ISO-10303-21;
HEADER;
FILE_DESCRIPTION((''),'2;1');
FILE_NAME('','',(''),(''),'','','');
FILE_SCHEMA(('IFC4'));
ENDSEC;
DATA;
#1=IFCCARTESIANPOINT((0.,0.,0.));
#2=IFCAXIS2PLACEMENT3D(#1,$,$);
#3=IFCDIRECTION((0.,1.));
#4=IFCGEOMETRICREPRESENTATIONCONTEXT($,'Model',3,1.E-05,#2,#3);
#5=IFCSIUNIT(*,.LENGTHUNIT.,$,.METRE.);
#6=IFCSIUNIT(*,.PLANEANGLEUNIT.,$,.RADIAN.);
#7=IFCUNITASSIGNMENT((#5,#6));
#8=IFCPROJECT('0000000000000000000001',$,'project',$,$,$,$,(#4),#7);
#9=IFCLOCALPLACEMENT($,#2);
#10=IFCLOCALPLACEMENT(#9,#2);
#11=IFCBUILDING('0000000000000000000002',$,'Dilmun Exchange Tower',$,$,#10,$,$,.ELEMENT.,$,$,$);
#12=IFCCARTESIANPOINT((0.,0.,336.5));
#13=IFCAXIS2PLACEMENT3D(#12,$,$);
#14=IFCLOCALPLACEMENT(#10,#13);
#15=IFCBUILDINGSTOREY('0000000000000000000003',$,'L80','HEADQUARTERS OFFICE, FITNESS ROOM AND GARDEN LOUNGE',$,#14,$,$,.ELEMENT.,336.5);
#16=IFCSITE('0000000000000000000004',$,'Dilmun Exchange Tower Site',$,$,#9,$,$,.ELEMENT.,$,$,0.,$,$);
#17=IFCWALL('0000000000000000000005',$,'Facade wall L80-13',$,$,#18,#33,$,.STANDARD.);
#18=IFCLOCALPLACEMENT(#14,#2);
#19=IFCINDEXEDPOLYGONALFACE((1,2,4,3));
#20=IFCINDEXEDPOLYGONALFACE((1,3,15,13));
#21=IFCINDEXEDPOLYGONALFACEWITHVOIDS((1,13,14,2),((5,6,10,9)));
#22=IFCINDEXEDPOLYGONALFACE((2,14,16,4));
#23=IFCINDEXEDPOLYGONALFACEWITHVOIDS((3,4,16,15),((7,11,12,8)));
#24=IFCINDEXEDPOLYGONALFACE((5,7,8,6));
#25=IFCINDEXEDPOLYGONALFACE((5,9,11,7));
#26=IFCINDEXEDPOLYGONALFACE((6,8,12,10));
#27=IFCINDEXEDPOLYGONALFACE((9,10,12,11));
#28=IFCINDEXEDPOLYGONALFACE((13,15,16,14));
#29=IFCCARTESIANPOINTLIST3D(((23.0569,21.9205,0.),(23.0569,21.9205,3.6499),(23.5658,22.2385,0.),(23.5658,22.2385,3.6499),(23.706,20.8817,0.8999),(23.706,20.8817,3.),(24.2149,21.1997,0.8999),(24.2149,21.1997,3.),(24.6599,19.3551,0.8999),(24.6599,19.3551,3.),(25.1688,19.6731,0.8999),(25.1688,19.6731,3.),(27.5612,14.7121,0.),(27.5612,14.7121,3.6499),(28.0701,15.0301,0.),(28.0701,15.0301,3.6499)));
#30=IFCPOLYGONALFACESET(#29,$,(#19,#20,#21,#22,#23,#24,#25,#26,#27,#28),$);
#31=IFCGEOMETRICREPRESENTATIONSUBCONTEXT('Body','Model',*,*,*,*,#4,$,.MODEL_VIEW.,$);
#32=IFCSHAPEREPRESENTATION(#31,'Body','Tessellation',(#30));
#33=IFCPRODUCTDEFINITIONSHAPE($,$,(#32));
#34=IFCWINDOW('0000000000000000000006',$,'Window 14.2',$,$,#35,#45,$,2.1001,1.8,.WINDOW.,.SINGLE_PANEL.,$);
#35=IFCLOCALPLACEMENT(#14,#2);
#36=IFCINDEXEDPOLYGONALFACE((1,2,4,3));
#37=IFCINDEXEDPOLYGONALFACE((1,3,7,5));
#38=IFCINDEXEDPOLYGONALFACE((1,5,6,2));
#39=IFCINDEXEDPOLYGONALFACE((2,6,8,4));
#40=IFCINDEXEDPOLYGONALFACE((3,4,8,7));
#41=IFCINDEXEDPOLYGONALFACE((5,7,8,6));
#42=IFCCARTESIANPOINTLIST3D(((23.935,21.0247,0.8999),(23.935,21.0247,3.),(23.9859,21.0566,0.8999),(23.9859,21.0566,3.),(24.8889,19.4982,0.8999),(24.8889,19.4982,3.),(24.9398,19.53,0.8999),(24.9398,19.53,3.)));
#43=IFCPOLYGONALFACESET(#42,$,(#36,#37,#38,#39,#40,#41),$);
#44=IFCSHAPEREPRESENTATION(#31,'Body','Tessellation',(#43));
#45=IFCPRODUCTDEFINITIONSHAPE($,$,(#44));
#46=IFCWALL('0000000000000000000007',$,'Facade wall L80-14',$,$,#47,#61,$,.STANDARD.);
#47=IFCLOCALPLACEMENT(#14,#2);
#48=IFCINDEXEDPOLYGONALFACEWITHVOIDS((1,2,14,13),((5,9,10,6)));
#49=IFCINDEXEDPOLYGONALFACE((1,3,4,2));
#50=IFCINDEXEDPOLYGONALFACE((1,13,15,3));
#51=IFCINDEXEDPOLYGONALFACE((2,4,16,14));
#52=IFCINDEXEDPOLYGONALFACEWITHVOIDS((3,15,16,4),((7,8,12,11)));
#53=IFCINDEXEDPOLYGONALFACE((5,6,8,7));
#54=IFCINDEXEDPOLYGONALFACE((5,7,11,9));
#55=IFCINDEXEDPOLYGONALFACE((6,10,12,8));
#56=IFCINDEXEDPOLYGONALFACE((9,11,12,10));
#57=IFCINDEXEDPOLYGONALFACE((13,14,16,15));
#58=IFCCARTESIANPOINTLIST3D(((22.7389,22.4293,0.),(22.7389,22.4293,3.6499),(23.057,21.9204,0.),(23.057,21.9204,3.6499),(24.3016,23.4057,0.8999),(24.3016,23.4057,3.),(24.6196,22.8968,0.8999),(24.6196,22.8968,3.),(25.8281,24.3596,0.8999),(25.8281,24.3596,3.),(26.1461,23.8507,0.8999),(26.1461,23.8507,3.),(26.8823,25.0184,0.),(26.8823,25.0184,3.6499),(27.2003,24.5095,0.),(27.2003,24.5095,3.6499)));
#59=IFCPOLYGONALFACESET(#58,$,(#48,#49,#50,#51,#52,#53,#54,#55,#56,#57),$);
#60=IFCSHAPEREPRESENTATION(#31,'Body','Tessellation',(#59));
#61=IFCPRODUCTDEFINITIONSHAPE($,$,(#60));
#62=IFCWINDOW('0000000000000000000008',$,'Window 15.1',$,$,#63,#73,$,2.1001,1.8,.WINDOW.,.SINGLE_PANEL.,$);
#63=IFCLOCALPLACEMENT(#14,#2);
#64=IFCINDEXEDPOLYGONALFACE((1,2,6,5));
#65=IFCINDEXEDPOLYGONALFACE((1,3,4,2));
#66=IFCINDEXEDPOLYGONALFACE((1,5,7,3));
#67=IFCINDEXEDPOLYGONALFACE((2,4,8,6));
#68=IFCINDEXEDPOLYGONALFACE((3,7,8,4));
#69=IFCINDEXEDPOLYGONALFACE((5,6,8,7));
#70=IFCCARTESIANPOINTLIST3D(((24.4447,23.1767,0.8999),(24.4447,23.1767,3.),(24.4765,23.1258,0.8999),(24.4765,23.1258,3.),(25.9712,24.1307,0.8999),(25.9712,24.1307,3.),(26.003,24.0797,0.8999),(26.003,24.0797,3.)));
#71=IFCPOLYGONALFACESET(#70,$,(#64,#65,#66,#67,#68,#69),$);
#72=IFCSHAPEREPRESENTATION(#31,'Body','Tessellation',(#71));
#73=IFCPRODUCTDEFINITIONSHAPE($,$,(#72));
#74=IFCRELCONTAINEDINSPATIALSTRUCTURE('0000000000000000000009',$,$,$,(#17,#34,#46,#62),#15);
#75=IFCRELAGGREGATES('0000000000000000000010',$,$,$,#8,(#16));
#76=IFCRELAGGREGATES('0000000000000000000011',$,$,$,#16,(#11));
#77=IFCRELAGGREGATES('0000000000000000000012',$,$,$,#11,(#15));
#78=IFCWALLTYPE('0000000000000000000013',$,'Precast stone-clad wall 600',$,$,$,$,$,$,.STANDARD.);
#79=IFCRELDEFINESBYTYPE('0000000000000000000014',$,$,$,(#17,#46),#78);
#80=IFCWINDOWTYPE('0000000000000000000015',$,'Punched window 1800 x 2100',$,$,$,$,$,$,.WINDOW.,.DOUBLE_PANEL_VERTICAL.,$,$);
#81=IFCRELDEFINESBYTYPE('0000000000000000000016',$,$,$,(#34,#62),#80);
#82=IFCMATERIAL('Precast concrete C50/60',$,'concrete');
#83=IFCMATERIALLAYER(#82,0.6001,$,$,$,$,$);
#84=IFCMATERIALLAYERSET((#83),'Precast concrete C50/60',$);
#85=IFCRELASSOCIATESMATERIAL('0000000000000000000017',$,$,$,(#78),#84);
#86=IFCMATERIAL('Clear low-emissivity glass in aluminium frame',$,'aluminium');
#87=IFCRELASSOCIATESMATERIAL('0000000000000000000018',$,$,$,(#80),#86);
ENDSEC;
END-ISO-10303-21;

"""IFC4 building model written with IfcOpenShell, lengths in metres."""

from ifc_helpers import new_model, si_unit, direction, frame, frame_2d, origin, place, context, subcontext, project, spatial, rectangle, extrude, material, layer, layer_set, type_object, element, fill, save


model = new_model("IFC4")

# Units and contexts
model_context = context("Model", 3, precision=1e-05, world=origin(), true_north=direction((0.0, 1.0)))
body_context = subcontext(model_context, "Body", "Model", "MODEL_VIEW")
ifc_project = project(units=[si_unit("LENGTHUNIT", "METRE"), si_unit("PLANEANGLEUNIT", "RADIAN")], contexts=[model_context])

# Site, building, storey
site_placement = place(None, origin())
site = spatial("IfcSite", under=ifc_project, at=site_placement, Name="Dilmun Exchange Tower Site", CompositionType="ELEMENT", RefElevation=0.0)
building_placement = place(site_placement, origin())
building = spatial("IfcBuilding", under=site, at=building_placement, Name="Dilmun Exchange Tower", CompositionType="ELEMENT")
storey_placement = place(building_placement, frame((0.0, 0.0, 336.5)))
storey = spatial("IfcBuildingStorey", under=building, at=storey_placement, Name="L80", Description="HEADQUARTERS OFFICE, FITNESS ROOM AND GARDEN LOUNGE", CompositionType="ELEMENT", Elevation=336.5)

# Walls, openings, windows
ifc_material_1 = material(Name="Precast concrete C50/60", Category="concrete")
ifc_layer_1 = layer(ifc_material_1, 0.6001)
ifc_layer_set_1 = layer_set([ifc_layer_1], Name="Precast concrete C50/60")
wall_type_1 = type_object("IfcWallType", Name="Precast stone-clad wall 600", PredefinedType="STANDARD", material=ifc_layer_set_1)
ifc_material_2 = material(Name="Clear low-emissivity glass in aluminium frame", Category="aluminium")
window_type_1 = type_object("IfcWindowType", Name="Punched window 1800 x 2100", PartitioningType="DOUBLE_PANEL_VERTICAL", PredefinedType="WINDOW", material=ifc_material_2)
wall_1_placement = place(storey_placement, frame((27.8157, 14.8711, 0.0), z_axis=(0.0, 0.0, 1.0), x_axis=(-0.529921, 0.848047, 0.0)))
wall_1 = element("IfcWall", 1, at=wall_1_placement, inside=storey, type_object=wall_type_1, Name="Facade wall L80-13", PredefinedType="STANDARD", context=body_context, shape_type="SweptSolid", body=[
    extrude(rectangle(XDim=8.5, YDim=0.6001, at=frame_2d((4.25, 0.0))), origin(), (0.0, 0.0, 1.0), 3.6499),
])
opening_1_placement = place(wall_1_placement, frame((5.4751, 0.0, 0.8999)))
opening_1 = element("IfcOpeningElement", 2, at=opening_1_placement, cuts=wall_1, PredefinedType="OPENING", context=body_context, shape_type="SweptSolid", body=[
    extrude(rectangle(XDim=1.8, YDim=2.1001, at=frame_2d((0.8999, 1.05))), frame((0.0, 0.3101, 0.0), z_axis=(0.0, -1.0, 0.0), x_axis=(1.0, 0.0, 0.0)), (0.0, 0.0, 1.0), 0.6201),
])
window_1_placement = place(opening_1_placement, origin())
window_1 = element("IfcWindow", 3, at=window_1_placement, inside=storey, type_object=window_type_1, Name="Window 14.2", OverallHeight=2.1001, OverallWidth=1.8, PartitioningType="SINGLE_PANEL", PredefinedType="WINDOW", context=body_context, shape_type="SweptSolid", body=[
    extrude(rectangle(XDim=1.8, YDim=2.1001, at=frame_2d((0.8999, 1.05))), frame((0.0, 0.03, 0.0), z_axis=(0.0, -1.0, 0.0), x_axis=(1.0, 0.0, 0.0)), (0.0, 0.0, 1.0), 0.0601),
])
fill(opening_1, window_1)
wall_2_placement = place(storey_placement, frame((22.8979, 22.1748, 0.0), z_axis=(0.0, 0.0, 1.0), x_axis=(0.84804, 0.529932, 0.0)))
wall_2 = element("IfcWall", 4, at=wall_2_placement, inside=storey, type_object=wall_type_1, Name="Facade wall L80-14", PredefinedType="STANDARD", context=body_context, shape_type="SweptSolid", body=[
    extrude(rectangle(XDim=4.8857, YDim=0.6001, at=frame_2d((2.4429, 0.0))), origin(), (0.0, 0.0, 1.0), 3.6499),
])
opening_2_placement = place(wall_2_placement, frame((1.8428, 0.0, 0.8999)))
opening_2 = element("IfcOpeningElement", 5, at=opening_2_placement, cuts=wall_2, PredefinedType="OPENING", context=body_context, shape_type="SweptSolid", body=[
    extrude(rectangle(XDim=1.8, YDim=2.1001, at=frame_2d((0.8999, 1.05))), frame((0.0, 0.3101, 0.0), z_axis=(0.0, -1.0, 0.0), x_axis=(1.0, 0.0, 0.0)), (0.0, 0.0, 1.0), 0.6201),
])
window_2_placement = place(opening_2_placement, origin())
window_2 = element("IfcWindow", 6, at=window_2_placement, inside=storey, type_object=window_type_1, Name="Window 15.1", OverallHeight=2.1001, OverallWidth=1.8, PartitioningType="SINGLE_PANEL", PredefinedType="WINDOW", context=body_context, shape_type="SweptSolid", body=[
    extrude(rectangle(XDim=1.8, YDim=2.1001, at=frame_2d((0.8999, 1.05))), frame((0.0, 0.03, 0.0), z_axis=(0.0, -1.0, 0.0), x_axis=(1.0, 0.0, 0.0)), (0.0, 0.0, 1.0), 0.0601),
])
fill(opening_2, window_2)

save(model, "model.ifc")
